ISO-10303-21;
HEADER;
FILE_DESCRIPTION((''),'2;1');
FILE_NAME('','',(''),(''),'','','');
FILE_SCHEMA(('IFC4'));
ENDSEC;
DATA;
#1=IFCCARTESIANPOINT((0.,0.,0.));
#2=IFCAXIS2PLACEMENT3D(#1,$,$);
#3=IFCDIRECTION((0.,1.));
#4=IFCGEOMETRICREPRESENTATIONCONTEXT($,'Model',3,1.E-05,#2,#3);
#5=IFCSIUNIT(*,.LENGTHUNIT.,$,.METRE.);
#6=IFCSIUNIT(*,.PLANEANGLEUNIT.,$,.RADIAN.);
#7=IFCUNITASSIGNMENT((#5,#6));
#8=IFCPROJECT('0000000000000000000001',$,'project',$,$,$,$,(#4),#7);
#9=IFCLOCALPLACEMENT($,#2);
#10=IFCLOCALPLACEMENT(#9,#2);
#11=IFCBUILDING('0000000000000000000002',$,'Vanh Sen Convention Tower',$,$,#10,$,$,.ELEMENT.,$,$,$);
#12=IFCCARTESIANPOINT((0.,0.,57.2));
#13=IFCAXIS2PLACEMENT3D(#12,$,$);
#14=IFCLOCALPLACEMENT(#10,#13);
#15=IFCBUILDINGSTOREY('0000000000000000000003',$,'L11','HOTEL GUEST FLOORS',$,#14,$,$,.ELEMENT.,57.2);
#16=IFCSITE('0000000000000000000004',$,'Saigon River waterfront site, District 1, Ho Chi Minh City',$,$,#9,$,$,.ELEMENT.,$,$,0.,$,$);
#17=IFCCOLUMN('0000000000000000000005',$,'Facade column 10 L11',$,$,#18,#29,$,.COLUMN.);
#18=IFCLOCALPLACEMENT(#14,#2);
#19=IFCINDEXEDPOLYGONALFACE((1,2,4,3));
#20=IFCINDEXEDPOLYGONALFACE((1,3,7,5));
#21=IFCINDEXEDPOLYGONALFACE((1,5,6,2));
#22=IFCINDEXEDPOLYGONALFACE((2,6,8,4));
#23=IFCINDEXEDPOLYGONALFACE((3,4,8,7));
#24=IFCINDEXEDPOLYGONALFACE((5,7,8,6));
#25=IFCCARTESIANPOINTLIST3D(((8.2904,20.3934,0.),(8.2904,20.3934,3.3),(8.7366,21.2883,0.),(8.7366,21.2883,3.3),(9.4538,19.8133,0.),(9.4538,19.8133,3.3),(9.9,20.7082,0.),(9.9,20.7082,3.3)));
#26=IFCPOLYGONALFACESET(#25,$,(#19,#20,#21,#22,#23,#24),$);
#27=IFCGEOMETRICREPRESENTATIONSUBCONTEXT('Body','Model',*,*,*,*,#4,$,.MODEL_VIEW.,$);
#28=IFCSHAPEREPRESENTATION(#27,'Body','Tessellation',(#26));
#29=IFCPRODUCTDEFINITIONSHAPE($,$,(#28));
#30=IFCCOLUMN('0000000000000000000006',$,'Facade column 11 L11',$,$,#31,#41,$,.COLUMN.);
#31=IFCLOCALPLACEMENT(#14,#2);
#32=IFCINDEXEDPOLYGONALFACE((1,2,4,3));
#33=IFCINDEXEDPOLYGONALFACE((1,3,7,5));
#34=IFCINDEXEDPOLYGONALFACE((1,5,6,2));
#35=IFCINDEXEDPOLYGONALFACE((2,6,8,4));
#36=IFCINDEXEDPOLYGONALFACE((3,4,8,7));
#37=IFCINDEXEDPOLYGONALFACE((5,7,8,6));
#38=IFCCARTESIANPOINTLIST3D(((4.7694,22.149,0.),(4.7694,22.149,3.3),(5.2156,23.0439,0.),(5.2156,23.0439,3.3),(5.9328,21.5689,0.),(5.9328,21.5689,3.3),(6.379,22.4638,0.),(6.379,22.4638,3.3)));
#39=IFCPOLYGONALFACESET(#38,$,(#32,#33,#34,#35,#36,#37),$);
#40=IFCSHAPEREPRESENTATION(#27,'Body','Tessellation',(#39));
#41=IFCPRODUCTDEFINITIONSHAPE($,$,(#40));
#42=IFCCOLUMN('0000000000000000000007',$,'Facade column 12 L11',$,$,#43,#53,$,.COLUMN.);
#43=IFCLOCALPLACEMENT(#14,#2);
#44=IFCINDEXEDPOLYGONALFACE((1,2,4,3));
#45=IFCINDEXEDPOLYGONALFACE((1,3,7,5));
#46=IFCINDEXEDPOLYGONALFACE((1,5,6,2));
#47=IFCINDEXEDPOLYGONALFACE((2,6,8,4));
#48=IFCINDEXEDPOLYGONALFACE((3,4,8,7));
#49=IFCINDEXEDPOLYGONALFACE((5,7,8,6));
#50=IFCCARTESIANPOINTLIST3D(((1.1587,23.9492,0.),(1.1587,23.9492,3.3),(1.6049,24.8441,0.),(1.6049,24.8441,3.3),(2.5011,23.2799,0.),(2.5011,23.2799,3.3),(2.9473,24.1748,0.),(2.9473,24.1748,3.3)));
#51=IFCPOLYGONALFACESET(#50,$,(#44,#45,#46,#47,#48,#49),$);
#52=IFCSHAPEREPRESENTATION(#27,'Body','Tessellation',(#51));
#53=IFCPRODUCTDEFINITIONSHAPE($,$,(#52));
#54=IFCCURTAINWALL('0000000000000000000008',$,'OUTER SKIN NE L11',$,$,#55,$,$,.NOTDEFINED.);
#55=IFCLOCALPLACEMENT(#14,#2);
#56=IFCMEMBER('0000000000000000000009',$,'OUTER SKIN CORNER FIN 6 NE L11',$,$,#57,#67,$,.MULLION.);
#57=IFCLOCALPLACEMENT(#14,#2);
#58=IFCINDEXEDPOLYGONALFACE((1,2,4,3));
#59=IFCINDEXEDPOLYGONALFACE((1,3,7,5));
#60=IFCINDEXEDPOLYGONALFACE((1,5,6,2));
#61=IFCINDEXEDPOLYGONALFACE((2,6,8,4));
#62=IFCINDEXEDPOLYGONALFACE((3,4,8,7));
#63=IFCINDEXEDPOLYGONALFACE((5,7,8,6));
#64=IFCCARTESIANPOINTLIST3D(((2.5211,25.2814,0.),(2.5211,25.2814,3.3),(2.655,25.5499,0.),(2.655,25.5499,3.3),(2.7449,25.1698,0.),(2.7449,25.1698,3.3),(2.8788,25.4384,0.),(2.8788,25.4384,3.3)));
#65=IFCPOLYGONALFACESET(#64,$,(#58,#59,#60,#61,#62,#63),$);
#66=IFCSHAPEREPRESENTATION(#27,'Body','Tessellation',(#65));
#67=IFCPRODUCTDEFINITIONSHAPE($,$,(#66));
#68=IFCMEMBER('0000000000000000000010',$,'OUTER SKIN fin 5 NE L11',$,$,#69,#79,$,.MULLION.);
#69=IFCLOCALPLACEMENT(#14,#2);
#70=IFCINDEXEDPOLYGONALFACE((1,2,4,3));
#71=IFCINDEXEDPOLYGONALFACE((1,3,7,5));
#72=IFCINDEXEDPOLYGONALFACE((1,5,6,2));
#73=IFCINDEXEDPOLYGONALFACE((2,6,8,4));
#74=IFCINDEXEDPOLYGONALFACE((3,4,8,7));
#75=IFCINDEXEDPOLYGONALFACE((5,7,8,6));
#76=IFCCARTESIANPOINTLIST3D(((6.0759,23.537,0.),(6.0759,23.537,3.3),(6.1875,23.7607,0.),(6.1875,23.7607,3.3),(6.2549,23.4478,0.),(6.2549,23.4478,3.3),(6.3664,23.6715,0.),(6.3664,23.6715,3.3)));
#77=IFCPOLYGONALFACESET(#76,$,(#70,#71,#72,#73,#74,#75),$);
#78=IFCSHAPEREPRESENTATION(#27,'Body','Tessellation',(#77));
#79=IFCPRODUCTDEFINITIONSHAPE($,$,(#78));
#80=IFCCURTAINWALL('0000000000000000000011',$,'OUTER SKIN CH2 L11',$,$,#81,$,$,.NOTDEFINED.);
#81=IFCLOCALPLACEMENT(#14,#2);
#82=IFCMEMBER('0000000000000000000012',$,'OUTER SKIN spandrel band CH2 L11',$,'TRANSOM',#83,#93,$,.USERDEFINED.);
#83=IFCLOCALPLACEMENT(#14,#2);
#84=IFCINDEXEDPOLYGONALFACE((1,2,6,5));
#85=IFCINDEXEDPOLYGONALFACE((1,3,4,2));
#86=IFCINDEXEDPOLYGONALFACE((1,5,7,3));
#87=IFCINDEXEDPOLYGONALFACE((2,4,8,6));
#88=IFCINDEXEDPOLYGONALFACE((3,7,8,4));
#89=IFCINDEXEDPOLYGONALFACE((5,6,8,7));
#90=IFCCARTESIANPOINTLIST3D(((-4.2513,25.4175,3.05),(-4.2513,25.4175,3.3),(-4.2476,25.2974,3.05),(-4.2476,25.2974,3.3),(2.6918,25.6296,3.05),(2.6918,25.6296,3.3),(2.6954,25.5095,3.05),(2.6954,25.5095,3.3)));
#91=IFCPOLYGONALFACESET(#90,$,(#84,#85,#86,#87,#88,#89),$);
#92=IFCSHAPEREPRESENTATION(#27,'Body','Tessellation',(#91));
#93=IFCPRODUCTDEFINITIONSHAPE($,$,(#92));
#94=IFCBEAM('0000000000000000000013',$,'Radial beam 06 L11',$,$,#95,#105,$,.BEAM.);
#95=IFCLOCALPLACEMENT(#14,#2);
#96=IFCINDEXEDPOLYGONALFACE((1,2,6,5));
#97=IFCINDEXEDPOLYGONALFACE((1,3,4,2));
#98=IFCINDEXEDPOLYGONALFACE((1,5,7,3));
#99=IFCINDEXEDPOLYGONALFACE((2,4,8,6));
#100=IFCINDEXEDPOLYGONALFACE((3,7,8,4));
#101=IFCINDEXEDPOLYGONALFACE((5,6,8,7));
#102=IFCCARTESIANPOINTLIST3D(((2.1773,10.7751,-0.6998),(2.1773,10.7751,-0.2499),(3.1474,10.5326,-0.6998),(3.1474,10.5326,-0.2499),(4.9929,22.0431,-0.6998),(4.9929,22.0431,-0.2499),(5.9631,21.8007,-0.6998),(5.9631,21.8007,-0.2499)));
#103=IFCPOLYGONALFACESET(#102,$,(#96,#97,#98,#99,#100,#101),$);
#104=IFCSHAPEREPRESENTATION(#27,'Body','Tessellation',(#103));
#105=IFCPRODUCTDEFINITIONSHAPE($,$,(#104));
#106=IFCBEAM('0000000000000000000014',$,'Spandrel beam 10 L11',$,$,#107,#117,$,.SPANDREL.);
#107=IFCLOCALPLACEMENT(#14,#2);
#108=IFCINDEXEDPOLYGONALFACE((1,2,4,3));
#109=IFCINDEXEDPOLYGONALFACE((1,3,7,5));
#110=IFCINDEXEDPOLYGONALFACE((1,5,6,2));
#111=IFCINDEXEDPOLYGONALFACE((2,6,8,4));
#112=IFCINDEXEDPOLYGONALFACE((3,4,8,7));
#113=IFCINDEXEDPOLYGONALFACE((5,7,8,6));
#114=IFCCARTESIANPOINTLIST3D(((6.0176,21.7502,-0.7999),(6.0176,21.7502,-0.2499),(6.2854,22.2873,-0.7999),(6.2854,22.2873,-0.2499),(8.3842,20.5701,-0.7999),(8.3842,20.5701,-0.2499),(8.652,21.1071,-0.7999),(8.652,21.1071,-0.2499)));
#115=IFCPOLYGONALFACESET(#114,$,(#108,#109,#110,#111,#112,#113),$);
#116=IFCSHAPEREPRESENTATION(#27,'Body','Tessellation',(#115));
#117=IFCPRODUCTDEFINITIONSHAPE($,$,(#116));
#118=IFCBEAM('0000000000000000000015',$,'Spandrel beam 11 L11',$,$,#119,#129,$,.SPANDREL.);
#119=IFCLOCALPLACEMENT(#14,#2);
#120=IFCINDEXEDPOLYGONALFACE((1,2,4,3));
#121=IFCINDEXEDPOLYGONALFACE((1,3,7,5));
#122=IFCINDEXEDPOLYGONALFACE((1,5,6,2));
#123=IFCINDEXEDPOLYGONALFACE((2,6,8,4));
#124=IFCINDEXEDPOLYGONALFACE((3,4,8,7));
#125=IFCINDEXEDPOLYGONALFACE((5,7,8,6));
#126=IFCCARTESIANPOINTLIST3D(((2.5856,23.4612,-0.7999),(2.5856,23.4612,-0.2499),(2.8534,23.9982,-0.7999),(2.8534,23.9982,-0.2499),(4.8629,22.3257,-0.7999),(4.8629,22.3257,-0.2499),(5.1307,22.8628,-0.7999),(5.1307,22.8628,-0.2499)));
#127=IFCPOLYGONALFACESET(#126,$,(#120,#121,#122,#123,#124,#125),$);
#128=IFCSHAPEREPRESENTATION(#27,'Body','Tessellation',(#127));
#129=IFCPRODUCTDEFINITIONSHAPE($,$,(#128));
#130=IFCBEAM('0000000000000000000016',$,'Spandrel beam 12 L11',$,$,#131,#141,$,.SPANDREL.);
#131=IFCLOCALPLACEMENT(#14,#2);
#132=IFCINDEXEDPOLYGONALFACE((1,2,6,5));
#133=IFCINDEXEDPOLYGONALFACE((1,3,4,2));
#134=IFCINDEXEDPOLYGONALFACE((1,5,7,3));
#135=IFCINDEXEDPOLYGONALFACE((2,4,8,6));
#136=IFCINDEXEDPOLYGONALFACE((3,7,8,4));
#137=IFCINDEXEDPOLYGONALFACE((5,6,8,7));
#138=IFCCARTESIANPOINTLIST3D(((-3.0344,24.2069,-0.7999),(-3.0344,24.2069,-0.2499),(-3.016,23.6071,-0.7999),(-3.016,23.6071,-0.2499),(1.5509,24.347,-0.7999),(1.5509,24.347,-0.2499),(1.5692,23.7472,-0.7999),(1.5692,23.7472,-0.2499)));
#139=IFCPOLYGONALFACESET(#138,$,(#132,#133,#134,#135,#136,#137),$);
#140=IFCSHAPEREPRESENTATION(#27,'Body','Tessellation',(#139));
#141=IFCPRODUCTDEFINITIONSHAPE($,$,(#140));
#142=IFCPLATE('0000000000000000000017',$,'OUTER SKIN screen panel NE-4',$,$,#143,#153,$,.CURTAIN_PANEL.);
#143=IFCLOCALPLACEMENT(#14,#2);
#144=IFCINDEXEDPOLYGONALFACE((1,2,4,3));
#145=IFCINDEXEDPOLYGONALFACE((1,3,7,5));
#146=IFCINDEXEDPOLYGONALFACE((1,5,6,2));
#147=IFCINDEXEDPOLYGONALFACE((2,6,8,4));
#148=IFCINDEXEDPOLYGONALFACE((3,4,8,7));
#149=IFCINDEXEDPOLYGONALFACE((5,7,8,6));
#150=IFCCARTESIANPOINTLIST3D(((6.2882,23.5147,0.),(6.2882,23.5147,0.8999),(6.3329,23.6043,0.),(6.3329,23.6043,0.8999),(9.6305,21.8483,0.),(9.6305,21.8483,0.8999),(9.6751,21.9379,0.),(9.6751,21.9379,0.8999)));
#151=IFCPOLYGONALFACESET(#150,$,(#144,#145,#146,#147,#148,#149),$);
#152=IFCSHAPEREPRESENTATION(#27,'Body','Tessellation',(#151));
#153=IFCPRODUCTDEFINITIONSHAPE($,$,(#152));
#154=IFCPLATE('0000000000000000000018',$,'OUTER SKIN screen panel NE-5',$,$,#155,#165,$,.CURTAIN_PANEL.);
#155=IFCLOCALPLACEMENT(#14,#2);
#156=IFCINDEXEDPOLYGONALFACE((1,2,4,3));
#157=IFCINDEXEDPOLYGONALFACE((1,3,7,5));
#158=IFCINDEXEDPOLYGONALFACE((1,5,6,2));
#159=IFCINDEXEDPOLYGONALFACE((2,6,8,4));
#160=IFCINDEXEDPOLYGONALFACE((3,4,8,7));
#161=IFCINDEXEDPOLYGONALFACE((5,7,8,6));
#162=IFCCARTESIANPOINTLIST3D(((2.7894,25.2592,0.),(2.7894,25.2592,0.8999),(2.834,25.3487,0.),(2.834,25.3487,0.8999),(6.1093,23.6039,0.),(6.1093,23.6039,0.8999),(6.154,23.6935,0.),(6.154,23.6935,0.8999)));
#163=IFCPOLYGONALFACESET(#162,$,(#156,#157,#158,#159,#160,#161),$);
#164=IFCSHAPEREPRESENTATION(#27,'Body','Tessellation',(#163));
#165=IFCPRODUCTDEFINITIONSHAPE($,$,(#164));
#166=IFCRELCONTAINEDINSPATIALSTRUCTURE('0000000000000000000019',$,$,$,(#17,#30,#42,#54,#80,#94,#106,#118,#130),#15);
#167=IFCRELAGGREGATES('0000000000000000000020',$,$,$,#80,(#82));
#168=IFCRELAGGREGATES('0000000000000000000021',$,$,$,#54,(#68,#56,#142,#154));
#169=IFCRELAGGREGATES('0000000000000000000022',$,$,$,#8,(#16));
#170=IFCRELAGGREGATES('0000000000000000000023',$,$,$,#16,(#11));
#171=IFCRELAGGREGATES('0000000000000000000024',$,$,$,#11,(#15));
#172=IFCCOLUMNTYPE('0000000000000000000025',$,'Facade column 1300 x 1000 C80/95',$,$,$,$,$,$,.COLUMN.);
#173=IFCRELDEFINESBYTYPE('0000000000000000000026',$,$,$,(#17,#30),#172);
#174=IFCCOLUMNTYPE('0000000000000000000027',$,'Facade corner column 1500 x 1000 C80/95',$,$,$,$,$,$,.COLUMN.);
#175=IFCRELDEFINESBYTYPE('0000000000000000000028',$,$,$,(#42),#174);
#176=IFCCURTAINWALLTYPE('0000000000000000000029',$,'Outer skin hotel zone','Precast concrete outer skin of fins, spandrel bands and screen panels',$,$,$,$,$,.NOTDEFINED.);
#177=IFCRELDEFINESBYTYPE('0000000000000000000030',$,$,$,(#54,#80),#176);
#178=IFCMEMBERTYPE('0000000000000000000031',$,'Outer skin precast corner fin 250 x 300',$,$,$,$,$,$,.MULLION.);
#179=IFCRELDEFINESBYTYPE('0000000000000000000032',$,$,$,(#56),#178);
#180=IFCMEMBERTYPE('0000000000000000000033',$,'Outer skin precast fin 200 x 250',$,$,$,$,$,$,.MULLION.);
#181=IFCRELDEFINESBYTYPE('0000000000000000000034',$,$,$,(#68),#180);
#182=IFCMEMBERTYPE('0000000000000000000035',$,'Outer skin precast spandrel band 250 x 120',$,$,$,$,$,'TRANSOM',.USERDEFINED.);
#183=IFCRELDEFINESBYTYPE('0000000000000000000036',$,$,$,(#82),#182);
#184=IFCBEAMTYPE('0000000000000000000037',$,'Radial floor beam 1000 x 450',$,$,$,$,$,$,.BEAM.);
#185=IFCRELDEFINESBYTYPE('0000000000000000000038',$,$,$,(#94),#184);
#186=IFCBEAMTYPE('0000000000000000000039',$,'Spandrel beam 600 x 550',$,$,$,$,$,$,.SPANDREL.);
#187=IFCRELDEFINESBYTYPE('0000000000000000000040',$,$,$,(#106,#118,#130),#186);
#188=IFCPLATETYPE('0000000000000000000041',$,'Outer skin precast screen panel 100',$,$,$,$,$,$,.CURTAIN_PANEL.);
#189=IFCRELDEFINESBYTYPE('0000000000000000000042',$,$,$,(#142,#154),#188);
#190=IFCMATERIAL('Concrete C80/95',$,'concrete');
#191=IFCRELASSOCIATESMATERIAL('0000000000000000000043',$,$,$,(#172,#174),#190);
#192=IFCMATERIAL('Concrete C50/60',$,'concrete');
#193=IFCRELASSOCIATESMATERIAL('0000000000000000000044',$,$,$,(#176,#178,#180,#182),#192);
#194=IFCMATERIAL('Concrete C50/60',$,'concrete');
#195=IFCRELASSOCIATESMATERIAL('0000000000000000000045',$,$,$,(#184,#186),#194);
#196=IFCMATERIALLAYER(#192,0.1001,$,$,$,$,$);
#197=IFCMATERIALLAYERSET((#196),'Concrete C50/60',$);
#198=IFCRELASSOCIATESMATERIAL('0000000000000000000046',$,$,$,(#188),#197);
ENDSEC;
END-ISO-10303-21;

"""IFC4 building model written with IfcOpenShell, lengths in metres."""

from ifc_helpers import new_model, si_unit, direction, frame, origin, origin_2d, place, context, subcontext, project, spatial, rectangle, extrude, material, layer, layer_set, material_profile, profile_set, type_object, element, aggregate, save


model = new_model("IFC4")

# Units and contexts
model_context = context("Model", 3, precision=1e-05, world=origin(), true_north=direction((0.0, 1.0)))
body_context = subcontext(model_context, "Body", "Model", "MODEL_VIEW")
ifc_project = project(units=[si_unit("LENGTHUNIT", "METRE"), si_unit("PLANEANGLEUNIT", "RADIAN")], contexts=[model_context])

# Site, building, storey
site_placement = place(None, origin())
site = spatial("IfcSite", under=ifc_project, at=site_placement, Name="Saigon River waterfront site, District 1, Ho Chi Minh City", CompositionType="ELEMENT", RefElevation=0.0)
building_placement = place(site_placement, origin())
building = spatial("IfcBuilding", under=site, at=building_placement, Name="Vanh Sen Convention Tower", CompositionType="ELEMENT")
storey_placement = place(building_placement, frame((0.0, 0.0, 57.2)))
storey = spatial("IfcBuildingStorey", under=building, at=storey_placement, Name="L11", Description="HOTEL GUEST FLOORS", CompositionType="ELEMENT", Elevation=57.2)

# Columns
ifc_material_1 = material(Name="Concrete C80/95", Category="concrete")
ifc_material_profile_1 = material_profile(ifc_material_1, rectangle(XDim=1.3, YDim=1.0, at=origin_2d()), Name="RC 1300X1000")
ifc_profile_set_1 = profile_set([ifc_material_profile_1], Name="Concrete C80/95")
column_type_1 = type_object("IfcColumnType", Name="Facade column 1300 x 1000 C80/95", PredefinedType="COLUMN", material=ifc_profile_set_1)
for number, where, z_axis, x_axis, name in (
    (1, (9.0952, 20.5508, 0.0), (0.0, 0.0, 1.0), (-0.894934, 0.446198, 0.0), "Facade column 10 L11"),
    (2, (5.5742, 22.3064, 0.0), (0.0, 0.0, 1.0), (-0.894934, 0.446198, 0.0), "Facade column 11 L11"),
):
    element("IfcColumn", number, at=place(storey_placement, frame(where, z_axis=z_axis, x_axis=x_axis)), inside=storey, type_object=column_type_1, Name=name, PredefinedType="COLUMN", context=body_context, shape_type="SweptSolid", body=[
        extrude(rectangle(XDim=1.3, YDim=1.0, at=origin_2d()), origin(), (0.0, 0.0, 1.0), 3.3),
    ])
ifc_material_profile_2 = material_profile(ifc_material_1, rectangle(XDim=1.5, YDim=1.0, at=origin_2d()), Name="RC 1500X1000")
ifc_profile_set_2 = profile_set([ifc_material_profile_2], Name="Concrete C80/95")
column_type_2 = type_object("IfcColumnType", Name="Facade corner column 1500 x 1000 C80/95", PredefinedType="COLUMN", material=ifc_profile_set_2)
column_placement = place(storey_placement, frame((2.053, 24.062, 0.0), z_axis=(0.0, 0.0, 1.0), x_axis=(-0.894934, 0.446198, 0.0)))
element("IfcColumn", 3, at=column_placement, inside=storey, type_object=column_type_2, Name="Facade column 12 L11", PredefinedType="COLUMN", context=body_context, shape_type="SweptSolid", body=[
    extrude(rectangle(XDim=1.5, YDim=1.0, at=origin_2d()), origin(), (0.0, 0.0, 1.0), 3.3),
])

# Curtain wall, members
ifc_material_2 = material(Name="Concrete C50/60", Category="concrete")
curtain_wall_type = type_object("IfcCurtainWallType", Name="Outer skin hotel zone", Description="Precast concrete outer skin of fins, spandrel bands and screen panels", PredefinedType="NOTDEFINED", material=ifc_material_2)
curtain_wall_1_placement = place(storey_placement, origin())
curtain_wall_1 = element("IfcCurtainWall", 4, at=curtain_wall_1_placement, inside=storey, type_object=curtain_wall_type, Name="OUTER SKIN NE L11", PredefinedType="NOTDEFINED")
ifc_material_profile_3 = material_profile(ifc_material_2, rectangle(XDim=0.25, YDim=0.3, at=origin_2d()), Name="Outer skin precast corner fin 250 x 300")
ifc_profile_set_3 = profile_set([ifc_material_profile_3], Name="Concrete C50/60")
member_type_1 = type_object("IfcMemberType", Name="Outer skin precast corner fin 250 x 300", PredefinedType="MULLION", material=ifc_profile_set_3)
member_1_placement = place(storey_placement, frame((2.7, 25.3599, 0.0), z_axis=(0.0, 0.0, 1.0), x_axis=(-0.894934, 0.446198, 0.0)))
member_1 = element("IfcMember", 5, at=member_1_placement, type_object=member_type_1, Name="OUTER SKIN CORNER FIN 6 NE L11", PredefinedType="MULLION", context=body_context, shape_type="SweptSolid", body=[
    extrude(rectangle(XDim=0.25, YDim=0.3, at=origin_2d()), origin(), (0.0, 0.0, 1.0), 3.3),
])
ifc_material_profile_4 = material_profile(ifc_material_2, rectangle(XDim=0.2, YDim=0.25, at=origin_2d()), Name="Outer skin precast fin 200 x 250")
ifc_profile_set_4 = profile_set([ifc_material_profile_4], Name="Concrete C50/60")
member_type_2 = type_object("IfcMemberType", Name="Outer skin precast fin 200 x 250", PredefinedType="MULLION", material=ifc_profile_set_4)
member_2_placement = place(storey_placement, frame((6.2212, 23.6042, 0.0), z_axis=(0.0, 0.0, 1.0), x_axis=(-0.894934, 0.446198, 0.0)))
member_2 = element("IfcMember", 6, at=member_2_placement, type_object=member_type_2, Name="OUTER SKIN fin 5 NE L11", PredefinedType="MULLION", context=body_context, shape_type="SweptSolid", body=[
    extrude(rectangle(XDim=0.2, YDim=0.25, at=origin_2d()), origin(), (0.0, 0.0, 1.0), 3.3),
])

# Curtain wall, member
curtain_wall_2_placement = place(storey_placement, origin())
curtain_wall_2 = element("IfcCurtainWall", 7, at=curtain_wall_2_placement, inside=storey, type_object=curtain_wall_type, Name="OUTER SKIN CH2 L11", PredefinedType="NOTDEFINED")
ifc_material_profile_5 = material_profile(ifc_material_2, rectangle(XDim=0.1201, YDim=0.25, at=origin_2d()), Name="Outer skin precast spandrel band 250 x 120")
ifc_profile_set_5 = profile_set([ifc_material_profile_5], Name="Concrete C50/60")
member_type_3 = type_object("IfcMemberType", Name="Outer skin precast spandrel band 250 x 120", ElementType="TRANSOM", PredefinedType="USERDEFINED", material=ifc_profile_set_5)
member_3_placement = place(storey_placement, frame((2.6936, 25.5696, 3.175), z_axis=(-0.999533, -0.030542, 0.0), x_axis=(0.030542, -0.999533, 0.0)))
member_3 = element("IfcMember", 8, at=member_3_placement, type_object=member_type_3, Name="OUTER SKIN spandrel band CH2 L11", ObjectType="TRANSOM", PredefinedType="USERDEFINED", context=body_context, shape_type="SweptSolid", body=[
    extrude(rectangle(XDim=0.1201, YDim=0.25, at=origin_2d()), origin(), (0.0, 0.0, 1.0), 6.9463),
])
aggregate(curtain_wall_2, [member_3])

# Beams
ifc_material_3 = material(Name="Concrete C50/60", Category="concrete")
ifc_material_profile_6 = material_profile(ifc_material_3, rectangle(XDim=1.0, YDim=0.45, at=origin_2d()), Name="RC 1000X450")
ifc_profile_set_6 = profile_set([ifc_material_profile_6], Name="Concrete C50/60")
beam_type_1 = type_object("IfcBeamType", Name="Radial floor beam 1000 x 450", PredefinedType="BEAM", material=ifc_profile_set_6)
beam_1_placement = place(storey_placement, frame((5.478, 21.9219, -0.4749), z_axis=(-0.242427, -0.97017, 0.0), x_axis=(0.97017, -0.242427, 0.0)))
element("IfcBeam", 9, at=beam_1_placement, inside=storey, type_object=beam_type_1, Name="Radial beam 06 L11", PredefinedType="BEAM", context=body_context, shape_type="SweptSolid", body=[
    extrude(rectangle(XDim=1.0, YDim=0.45, at=origin_2d()), origin(), (0.0, 0.0, 1.0), 11.6145),
])
ifc_material_profile_7 = material_profile(ifc_material_3, rectangle(XDim=0.6001, YDim=0.55, at=origin_2d()), Name="RC 600X550")
ifc_profile_set_7 = profile_set([ifc_material_profile_7], Name="Concrete C50/60")
beam_type_2 = type_object("IfcBeamType", Name="Spandrel beam 600 x 550", PredefinedType="SPANDREL", material=ifc_profile_set_7)
beam_2_placement = place(storey_placement, frame((8.5181, 20.8386, -0.5249), z_axis=(-0.894907, 0.446253, 0.0), x_axis=(-0.446253, -0.894907, 0.0)))
element("IfcBeam", 10, at=beam_2_placement, inside=storey, type_object=beam_type_2, Name="Spandrel beam 10 L11", PredefinedType="SPANDREL", context=body_context, shape_type="SweptSolid", body=[
    extrude(rectangle(XDim=0.6001, YDim=0.55, at=origin_2d()), origin(), (0.0, 0.0, 1.0), 2.6445),
])
beam_3_placement = place(storey_placement, frame((4.9968, 22.5942, -0.5249), z_axis=(-0.894926, 0.446216, 0.0), x_axis=(-0.446216, -0.894926, 0.0)))
element("IfcBeam", 11, at=beam_3_placement, inside=storey, type_object=beam_type_2, Name="Spandrel beam 11 L11", PredefinedType="SPANDREL", context=body_context, shape_type="SweptSolid", body=[
    extrude(rectangle(XDim=0.6001, YDim=0.55, at=origin_2d()), origin(), (0.0, 0.0, 1.0), 2.5447),
])
beam_4_placement = place(storey_placement, frame((1.5601, 24.0471, -0.5249), z_axis=(-0.999533, -0.030549, 0.0), x_axis=(0.030549, -0.999533, 0.0)))
element("IfcBeam", 12, at=beam_4_placement, inside=storey, type_object=beam_type_2, Name="Spandrel beam 12 L11", PredefinedType="SPANDREL", context=body_context, shape_type="SweptSolid", body=[
    extrude(rectangle(XDim=0.6001, YDim=0.55, at=origin_2d()), origin(), (0.0, 0.0, 1.0), 4.5874),
])

# Plates
ifc_layer_1 = layer(ifc_material_2, 0.1001)
ifc_layer_set_1 = layer_set([ifc_layer_1], Name="Concrete C50/60")
plate_type = type_object("IfcPlateType", Name="Outer skin precast screen panel 100", PredefinedType="CURTAIN_PANEL", material=ifc_layer_set_1)
plate_1_placement = place(storey_placement, frame((7.9817, 22.7263, 0.0), z_axis=(0.0, 0.0, 1.0), x_axis=(-0.894935, 0.446196, 0.0)))
plate_1 = element("IfcPlate", 13, at=plate_1_placement, type_object=plate_type, Name="OUTER SKIN screen panel NE-4", PredefinedType="CURTAIN_PANEL", context=body_context, shape_type="SweptSolid", body=[
    extrude(rectangle(XDim=3.7346, YDim=0.1001, at=origin_2d()), origin(), (0.0, 0.0, 1.0), 0.8999),
])
plate_2_placement = place(storey_placement, frame((4.4717, 24.4763, 0.0), z_axis=(0.0, 0.0, 1.0), x_axis=(-0.894935, 0.446196, 0.0)))
plate_2 = element("IfcPlate", 14, at=plate_2_placement, type_object=plate_type, Name="OUTER SKIN screen panel NE-5", PredefinedType="CURTAIN_PANEL", context=body_context, shape_type="SweptSolid", body=[
    extrude(rectangle(XDim=3.7097, YDim=0.1001, at=origin_2d()), origin(), (0.0, 0.0, 1.0), 0.8999),
])
aggregate(curtain_wall_1, [member_2, member_1, plate_1, plate_2])

save(model, "model.ifc")
